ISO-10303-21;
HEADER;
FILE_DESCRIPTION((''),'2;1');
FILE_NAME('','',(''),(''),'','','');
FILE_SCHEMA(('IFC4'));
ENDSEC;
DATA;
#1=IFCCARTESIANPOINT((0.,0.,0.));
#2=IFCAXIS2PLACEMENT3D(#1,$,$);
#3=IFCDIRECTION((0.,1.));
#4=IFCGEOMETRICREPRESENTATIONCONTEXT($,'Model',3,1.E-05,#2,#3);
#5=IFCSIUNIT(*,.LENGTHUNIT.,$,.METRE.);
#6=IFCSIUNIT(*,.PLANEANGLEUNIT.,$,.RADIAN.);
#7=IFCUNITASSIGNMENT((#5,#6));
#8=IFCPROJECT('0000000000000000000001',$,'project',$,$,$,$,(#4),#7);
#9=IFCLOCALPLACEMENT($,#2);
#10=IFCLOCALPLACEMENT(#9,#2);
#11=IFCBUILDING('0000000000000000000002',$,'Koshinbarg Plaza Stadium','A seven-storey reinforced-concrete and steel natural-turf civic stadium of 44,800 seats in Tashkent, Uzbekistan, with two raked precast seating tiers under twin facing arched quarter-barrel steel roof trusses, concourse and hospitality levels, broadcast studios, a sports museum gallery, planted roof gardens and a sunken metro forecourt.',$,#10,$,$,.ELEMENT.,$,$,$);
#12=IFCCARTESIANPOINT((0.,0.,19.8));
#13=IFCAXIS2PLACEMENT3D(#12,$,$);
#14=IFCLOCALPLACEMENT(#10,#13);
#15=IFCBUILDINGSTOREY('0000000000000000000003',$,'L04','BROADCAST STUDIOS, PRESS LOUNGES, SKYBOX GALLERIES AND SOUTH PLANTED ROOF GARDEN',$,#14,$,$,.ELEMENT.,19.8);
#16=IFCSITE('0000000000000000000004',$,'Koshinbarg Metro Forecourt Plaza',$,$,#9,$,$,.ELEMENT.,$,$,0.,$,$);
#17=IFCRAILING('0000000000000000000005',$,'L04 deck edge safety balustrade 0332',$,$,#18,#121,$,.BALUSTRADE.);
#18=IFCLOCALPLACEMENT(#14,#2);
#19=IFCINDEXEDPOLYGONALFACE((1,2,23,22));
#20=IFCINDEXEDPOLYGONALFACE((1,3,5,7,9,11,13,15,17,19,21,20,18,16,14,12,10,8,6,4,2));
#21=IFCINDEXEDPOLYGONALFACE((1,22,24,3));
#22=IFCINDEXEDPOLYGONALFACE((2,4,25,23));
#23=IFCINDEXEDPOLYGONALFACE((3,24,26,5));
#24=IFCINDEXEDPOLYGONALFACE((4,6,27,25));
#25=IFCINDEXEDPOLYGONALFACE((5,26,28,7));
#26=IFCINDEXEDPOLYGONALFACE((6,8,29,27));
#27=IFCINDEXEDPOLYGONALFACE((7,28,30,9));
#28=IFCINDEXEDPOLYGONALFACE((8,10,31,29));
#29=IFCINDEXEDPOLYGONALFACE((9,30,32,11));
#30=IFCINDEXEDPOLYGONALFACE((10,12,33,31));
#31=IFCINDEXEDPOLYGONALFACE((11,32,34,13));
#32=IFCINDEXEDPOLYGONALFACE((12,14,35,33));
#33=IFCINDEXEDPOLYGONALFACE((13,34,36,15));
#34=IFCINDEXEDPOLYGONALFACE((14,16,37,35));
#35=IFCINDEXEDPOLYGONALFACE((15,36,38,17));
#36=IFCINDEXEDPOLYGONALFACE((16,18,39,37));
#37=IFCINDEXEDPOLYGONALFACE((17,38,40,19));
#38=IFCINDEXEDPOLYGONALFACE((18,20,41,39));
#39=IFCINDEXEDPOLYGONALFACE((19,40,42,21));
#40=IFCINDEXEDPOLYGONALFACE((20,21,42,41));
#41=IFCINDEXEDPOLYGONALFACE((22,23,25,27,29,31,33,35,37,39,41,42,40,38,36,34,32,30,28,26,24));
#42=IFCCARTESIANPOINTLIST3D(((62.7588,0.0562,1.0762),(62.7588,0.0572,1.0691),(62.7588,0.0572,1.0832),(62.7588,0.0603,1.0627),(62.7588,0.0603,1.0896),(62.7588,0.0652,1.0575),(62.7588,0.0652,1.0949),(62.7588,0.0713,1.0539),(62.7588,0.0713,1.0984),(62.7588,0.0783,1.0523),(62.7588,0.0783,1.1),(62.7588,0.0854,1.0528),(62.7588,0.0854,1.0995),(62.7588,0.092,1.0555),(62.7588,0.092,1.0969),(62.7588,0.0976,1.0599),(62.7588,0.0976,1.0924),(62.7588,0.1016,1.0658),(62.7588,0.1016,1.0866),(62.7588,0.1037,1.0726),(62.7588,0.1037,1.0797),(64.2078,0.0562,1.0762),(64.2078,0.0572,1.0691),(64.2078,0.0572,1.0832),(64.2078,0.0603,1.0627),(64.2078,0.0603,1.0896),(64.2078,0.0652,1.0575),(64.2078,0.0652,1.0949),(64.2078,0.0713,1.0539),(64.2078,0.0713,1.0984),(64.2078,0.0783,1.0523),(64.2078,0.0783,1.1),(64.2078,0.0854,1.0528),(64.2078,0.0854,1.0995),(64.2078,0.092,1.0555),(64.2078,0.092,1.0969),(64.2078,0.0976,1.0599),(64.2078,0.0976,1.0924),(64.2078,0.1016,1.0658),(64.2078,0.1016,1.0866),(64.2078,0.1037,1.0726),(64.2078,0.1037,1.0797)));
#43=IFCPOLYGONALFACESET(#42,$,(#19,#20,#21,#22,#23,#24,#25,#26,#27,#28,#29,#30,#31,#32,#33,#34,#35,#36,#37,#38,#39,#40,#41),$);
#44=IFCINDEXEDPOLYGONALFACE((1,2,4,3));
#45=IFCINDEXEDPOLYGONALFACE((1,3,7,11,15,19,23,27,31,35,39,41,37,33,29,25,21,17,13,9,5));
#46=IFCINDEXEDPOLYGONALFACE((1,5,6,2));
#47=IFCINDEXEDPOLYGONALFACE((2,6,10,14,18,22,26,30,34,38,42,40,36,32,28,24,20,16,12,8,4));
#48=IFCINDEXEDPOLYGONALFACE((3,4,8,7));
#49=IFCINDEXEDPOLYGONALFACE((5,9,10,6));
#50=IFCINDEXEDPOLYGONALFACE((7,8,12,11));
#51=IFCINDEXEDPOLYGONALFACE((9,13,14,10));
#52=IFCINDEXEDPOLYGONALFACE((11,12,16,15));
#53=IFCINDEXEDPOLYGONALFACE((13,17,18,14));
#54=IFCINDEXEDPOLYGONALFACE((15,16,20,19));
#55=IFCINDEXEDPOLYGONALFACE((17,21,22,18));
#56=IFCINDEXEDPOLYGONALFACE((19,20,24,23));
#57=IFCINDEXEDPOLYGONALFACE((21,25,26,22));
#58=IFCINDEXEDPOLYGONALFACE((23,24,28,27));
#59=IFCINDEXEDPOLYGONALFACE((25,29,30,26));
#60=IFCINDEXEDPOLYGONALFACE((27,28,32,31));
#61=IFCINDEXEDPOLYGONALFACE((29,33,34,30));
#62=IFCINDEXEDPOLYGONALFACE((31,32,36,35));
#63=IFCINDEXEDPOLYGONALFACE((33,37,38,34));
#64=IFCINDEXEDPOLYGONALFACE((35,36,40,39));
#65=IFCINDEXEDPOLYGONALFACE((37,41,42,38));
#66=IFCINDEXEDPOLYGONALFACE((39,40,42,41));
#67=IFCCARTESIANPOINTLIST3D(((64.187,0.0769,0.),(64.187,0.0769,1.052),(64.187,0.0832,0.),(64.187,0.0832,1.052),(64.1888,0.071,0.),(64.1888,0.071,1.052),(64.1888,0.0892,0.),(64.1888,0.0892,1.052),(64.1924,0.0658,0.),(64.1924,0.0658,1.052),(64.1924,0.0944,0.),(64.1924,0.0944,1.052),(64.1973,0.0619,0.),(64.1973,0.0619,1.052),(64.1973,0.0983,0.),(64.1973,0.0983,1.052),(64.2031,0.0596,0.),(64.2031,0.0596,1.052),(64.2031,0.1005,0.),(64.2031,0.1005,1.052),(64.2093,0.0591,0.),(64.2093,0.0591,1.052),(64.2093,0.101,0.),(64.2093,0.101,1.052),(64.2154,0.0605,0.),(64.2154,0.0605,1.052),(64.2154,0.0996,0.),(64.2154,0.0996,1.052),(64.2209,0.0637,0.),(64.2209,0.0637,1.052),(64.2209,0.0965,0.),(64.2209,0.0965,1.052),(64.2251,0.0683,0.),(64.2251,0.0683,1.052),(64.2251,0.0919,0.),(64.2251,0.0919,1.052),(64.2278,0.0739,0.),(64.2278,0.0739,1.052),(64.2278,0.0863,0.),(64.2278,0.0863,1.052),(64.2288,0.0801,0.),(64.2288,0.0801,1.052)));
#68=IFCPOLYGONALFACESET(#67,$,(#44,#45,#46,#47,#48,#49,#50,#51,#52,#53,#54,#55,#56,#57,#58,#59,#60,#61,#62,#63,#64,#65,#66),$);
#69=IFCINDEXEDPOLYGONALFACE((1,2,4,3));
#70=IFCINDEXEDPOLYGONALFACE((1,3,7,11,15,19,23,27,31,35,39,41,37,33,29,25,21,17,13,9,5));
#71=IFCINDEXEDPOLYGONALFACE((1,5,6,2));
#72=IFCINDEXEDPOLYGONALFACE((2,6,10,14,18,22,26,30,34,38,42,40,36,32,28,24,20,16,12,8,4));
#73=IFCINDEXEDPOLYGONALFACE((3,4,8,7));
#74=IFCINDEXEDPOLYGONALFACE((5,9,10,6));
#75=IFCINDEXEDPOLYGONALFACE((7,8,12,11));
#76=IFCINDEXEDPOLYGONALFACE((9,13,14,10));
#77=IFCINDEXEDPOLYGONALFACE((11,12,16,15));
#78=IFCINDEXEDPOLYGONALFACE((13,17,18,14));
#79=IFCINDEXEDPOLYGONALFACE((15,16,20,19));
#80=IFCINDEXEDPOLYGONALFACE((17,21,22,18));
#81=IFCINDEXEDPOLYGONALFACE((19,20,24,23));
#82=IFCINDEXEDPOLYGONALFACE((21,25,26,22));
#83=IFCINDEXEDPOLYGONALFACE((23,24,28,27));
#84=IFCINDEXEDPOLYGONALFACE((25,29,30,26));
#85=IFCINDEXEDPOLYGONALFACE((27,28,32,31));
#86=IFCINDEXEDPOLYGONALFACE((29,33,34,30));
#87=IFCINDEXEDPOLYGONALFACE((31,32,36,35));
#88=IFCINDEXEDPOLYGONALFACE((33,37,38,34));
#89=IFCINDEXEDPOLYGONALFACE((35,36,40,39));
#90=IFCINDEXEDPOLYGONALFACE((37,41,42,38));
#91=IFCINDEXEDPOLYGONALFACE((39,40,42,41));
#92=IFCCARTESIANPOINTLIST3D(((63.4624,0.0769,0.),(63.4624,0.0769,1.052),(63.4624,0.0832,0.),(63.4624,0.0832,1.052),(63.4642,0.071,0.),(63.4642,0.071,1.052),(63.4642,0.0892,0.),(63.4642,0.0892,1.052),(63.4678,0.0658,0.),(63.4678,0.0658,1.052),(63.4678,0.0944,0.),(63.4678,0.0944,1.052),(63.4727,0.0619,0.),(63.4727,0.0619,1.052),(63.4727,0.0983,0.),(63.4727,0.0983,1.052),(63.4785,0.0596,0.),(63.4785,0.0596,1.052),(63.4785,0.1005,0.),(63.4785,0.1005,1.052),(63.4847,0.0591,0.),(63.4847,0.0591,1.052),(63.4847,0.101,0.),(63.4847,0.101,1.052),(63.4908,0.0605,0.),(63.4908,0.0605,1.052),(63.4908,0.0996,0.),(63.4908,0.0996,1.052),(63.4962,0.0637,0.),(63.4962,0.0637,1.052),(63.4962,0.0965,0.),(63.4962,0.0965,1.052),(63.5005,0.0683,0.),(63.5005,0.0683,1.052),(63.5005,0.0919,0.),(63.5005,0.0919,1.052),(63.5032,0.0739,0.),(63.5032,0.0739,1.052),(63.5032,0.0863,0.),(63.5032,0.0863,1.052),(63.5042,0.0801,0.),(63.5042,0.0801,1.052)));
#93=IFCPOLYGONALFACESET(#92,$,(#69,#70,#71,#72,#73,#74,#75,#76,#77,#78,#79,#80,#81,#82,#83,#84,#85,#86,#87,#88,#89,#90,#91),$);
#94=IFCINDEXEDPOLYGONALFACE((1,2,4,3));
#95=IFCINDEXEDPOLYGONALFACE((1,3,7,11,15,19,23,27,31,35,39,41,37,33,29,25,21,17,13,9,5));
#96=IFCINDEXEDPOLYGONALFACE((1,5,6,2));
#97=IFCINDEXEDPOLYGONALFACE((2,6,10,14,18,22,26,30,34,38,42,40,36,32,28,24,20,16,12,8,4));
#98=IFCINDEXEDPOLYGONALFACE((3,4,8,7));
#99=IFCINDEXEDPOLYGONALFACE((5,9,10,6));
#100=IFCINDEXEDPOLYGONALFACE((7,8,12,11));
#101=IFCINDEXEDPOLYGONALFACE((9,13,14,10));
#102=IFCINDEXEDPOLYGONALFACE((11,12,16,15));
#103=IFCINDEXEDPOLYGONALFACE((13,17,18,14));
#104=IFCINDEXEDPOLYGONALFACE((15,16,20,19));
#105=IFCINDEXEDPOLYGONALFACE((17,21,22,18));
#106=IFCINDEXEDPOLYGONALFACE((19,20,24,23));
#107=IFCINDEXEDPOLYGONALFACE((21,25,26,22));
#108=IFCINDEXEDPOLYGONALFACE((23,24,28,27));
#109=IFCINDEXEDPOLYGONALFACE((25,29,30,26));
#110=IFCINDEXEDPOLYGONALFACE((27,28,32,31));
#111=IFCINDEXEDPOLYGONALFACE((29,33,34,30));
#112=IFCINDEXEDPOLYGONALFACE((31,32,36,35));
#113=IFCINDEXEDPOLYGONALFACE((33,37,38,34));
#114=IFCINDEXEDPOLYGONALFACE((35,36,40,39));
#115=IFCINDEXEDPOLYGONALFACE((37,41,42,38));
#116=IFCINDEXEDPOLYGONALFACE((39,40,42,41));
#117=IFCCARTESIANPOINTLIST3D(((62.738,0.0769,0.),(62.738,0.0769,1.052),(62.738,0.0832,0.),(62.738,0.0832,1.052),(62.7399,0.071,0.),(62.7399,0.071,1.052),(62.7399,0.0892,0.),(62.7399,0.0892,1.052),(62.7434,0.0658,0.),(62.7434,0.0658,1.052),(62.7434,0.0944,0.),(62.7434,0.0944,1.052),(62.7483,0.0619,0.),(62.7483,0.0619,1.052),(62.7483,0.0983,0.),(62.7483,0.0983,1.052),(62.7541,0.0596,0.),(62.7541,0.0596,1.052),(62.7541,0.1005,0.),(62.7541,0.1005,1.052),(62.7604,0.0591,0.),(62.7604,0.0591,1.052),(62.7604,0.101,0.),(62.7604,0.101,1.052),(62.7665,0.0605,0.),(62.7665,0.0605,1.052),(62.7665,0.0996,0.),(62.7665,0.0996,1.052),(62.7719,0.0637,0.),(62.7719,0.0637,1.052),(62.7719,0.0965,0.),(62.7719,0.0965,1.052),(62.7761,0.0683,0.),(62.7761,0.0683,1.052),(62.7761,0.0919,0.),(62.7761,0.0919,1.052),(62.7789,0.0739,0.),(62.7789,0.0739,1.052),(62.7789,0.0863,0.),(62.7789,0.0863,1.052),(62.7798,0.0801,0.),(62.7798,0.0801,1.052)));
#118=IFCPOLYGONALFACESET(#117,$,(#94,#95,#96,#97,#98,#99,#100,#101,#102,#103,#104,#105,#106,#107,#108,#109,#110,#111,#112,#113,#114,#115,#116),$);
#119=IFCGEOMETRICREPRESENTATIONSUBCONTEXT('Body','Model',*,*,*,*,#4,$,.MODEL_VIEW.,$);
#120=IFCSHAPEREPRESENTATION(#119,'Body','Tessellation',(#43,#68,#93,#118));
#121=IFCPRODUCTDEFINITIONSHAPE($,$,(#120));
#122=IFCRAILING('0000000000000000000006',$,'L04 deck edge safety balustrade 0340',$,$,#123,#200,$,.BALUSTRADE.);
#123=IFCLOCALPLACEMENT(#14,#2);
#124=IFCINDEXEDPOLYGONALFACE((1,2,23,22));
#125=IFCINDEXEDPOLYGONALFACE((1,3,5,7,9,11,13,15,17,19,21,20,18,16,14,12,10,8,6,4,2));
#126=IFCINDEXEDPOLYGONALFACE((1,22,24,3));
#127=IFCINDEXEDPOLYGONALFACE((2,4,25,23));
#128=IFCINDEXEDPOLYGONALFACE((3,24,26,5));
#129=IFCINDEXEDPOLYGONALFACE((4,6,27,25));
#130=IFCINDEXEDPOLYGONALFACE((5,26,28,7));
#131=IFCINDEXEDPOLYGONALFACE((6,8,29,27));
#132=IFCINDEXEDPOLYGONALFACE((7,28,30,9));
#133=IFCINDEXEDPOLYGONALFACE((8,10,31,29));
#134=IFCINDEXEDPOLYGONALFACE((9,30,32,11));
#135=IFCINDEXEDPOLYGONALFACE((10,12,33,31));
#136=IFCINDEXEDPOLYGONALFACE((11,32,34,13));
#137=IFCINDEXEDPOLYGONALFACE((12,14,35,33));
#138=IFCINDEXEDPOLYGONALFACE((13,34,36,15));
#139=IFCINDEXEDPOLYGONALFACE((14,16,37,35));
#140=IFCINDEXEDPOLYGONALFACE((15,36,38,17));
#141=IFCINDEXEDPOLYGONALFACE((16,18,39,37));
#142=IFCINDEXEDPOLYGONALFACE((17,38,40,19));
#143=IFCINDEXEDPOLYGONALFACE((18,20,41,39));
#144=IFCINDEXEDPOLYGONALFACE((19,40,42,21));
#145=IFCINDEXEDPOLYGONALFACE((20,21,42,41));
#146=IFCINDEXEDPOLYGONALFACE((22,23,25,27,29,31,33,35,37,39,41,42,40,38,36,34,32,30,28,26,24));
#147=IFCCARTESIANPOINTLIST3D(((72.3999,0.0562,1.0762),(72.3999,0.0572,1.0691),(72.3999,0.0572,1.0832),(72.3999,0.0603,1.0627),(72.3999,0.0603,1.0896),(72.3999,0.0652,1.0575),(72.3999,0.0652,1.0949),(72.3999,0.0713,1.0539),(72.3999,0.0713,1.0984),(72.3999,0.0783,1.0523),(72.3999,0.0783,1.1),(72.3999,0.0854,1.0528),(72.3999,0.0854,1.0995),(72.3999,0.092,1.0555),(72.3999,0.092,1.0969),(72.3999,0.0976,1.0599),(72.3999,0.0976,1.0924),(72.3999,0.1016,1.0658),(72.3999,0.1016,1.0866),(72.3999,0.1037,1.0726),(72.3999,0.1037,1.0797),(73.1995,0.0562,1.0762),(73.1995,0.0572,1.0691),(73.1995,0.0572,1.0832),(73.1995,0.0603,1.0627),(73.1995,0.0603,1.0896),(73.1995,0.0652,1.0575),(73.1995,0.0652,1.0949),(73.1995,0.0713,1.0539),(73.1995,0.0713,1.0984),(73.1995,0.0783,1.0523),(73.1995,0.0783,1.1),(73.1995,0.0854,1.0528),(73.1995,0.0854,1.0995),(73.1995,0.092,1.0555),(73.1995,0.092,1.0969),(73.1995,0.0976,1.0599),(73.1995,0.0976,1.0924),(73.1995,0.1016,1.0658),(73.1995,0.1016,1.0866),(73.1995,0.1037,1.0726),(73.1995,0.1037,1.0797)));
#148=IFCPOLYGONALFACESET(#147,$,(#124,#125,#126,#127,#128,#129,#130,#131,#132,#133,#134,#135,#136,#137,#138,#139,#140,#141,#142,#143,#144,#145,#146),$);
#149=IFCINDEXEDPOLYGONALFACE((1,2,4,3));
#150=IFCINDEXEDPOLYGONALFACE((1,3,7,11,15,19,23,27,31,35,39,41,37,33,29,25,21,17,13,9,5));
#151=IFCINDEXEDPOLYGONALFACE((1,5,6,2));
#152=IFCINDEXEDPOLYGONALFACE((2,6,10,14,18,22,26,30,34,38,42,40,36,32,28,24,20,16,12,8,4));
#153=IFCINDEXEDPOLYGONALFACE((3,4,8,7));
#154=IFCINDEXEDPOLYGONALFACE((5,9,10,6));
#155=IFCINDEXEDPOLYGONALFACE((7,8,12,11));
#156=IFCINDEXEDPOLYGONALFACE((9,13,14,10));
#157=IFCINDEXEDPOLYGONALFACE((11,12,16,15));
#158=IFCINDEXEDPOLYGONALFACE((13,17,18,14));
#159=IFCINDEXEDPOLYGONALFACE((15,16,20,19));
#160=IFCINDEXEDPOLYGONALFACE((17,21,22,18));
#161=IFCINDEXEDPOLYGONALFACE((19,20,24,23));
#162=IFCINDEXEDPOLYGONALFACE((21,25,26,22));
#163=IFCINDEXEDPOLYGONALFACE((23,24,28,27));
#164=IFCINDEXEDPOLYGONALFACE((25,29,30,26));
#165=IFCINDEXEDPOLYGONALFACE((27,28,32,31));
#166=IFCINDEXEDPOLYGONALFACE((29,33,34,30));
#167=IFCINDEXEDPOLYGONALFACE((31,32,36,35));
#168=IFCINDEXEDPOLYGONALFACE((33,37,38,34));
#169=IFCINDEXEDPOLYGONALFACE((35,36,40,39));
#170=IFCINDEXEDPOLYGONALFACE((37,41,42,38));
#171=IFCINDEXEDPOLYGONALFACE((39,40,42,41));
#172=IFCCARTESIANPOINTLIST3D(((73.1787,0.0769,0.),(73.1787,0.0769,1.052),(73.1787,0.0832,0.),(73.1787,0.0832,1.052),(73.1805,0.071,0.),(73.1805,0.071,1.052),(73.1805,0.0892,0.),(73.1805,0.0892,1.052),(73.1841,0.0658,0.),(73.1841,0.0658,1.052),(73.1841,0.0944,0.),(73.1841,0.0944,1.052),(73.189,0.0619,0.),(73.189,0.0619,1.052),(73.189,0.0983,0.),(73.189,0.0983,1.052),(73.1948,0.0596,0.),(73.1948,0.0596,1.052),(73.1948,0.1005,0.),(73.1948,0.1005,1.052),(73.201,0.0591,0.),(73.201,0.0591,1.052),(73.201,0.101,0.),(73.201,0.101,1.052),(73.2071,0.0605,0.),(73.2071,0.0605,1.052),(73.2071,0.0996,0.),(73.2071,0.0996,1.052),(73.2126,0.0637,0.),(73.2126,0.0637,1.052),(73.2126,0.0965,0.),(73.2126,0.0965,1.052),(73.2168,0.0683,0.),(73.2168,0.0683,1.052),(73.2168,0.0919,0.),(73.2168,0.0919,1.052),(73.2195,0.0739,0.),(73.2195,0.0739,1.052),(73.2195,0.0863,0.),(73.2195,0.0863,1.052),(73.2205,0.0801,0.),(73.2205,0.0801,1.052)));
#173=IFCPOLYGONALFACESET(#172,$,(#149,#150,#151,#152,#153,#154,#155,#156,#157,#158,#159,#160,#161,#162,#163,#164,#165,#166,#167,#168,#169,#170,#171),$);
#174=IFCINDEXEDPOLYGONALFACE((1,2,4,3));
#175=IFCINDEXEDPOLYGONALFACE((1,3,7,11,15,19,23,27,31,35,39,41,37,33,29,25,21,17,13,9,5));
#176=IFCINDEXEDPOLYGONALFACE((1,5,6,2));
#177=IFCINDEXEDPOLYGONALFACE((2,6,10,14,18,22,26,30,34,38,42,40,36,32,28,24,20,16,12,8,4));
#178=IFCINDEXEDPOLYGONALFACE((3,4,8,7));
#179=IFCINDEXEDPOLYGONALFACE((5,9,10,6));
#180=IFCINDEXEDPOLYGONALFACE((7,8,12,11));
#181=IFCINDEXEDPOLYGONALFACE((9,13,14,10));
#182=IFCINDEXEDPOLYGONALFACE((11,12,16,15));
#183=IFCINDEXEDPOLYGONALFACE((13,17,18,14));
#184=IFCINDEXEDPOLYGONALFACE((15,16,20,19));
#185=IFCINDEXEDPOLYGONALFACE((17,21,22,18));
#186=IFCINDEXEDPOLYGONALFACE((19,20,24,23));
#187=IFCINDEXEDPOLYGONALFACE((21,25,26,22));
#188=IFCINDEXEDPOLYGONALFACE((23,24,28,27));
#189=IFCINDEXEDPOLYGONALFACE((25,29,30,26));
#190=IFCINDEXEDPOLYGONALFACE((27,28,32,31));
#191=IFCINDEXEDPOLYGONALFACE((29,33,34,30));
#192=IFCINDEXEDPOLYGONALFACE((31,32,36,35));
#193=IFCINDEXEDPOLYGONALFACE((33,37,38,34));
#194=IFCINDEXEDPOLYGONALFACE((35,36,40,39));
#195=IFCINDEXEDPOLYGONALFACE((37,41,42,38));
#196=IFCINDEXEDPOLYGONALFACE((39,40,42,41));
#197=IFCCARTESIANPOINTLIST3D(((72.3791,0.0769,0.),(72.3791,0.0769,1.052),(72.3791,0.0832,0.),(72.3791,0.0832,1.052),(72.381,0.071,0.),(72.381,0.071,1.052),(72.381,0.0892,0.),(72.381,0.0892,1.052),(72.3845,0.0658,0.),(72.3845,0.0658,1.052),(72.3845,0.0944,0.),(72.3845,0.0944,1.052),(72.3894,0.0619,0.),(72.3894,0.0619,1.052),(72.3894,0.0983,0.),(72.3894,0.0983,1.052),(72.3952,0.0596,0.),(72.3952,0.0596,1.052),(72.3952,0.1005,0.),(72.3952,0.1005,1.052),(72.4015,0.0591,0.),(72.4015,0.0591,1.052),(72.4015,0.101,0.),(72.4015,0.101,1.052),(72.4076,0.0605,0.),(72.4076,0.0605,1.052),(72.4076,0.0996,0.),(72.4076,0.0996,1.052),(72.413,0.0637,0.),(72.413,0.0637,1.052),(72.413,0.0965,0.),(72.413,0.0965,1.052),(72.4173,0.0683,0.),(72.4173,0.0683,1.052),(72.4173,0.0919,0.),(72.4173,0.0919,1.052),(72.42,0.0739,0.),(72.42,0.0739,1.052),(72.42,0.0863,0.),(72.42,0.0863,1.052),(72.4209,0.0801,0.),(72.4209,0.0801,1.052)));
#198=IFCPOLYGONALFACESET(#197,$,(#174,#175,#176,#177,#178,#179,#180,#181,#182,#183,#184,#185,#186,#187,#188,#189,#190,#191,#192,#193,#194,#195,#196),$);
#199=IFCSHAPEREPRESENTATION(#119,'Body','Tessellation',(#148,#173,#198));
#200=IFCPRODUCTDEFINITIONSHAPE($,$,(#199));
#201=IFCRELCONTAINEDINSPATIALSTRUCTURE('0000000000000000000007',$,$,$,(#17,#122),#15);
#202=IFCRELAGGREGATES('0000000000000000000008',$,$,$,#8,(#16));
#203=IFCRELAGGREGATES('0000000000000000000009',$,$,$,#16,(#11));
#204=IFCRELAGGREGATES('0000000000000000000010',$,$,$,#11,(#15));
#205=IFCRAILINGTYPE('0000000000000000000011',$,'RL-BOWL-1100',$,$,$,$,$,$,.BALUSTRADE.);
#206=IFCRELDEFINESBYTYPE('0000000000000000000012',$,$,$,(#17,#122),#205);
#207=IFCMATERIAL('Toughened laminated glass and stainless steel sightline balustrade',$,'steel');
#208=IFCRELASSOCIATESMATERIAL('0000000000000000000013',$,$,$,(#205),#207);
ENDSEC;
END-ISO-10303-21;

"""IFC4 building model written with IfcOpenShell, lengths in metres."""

from ifc_helpers import new_model, si_unit, direction, frame, origin, origin_2d, place, context, subcontext, project, spatial, circle, extrude, material, type_object, element, save


model = new_model("IFC4")

# Units and contexts
model_context = context("Model", 3, precision=1e-05, world=origin(), true_north=direction((0.0, 1.0)))
body_context = subcontext(model_context, "Body", "Model", "MODEL_VIEW")
ifc_project = project(units=[si_unit("LENGTHUNIT", "METRE"), si_unit("PLANEANGLEUNIT", "RADIAN")], contexts=[model_context])

# Site, building, storey
site_placement = place(None, origin())
site = spatial("IfcSite", under=ifc_project, at=site_placement, Name="Koshinbarg Metro Forecourt Plaza", CompositionType="ELEMENT", RefElevation=0.0)
building_placement = place(site_placement, origin())
building = spatial("IfcBuilding", under=site, at=building_placement, Name="Koshinbarg Plaza Stadium", Description="A seven-storey reinforced-concrete and steel natural-turf civic stadium of 44,800 seats in Tashkent, Uzbekistan, with two raked precast seating tiers under twin facing arched quarter-barrel steel roof trusses, concourse and hospitality levels, broadcast studios, a sports museum gallery, planted roof gardens and a sunken metro forecourt.", CompositionType="ELEMENT")
storey_placement = place(building_placement, frame((0.0, 0.0, 19.8)))
storey = spatial("IfcBuildingStorey", under=building, at=storey_placement, Name="L04", Description="BROADCAST STUDIOS, PRESS LOUNGES, SKYBOX GALLERIES AND SOUTH PLANTED ROOF GARDEN", CompositionType="ELEMENT", Elevation=19.8)

# Railings
ifc_material_1 = material(Name="Toughened laminated glass and stainless steel sightline balustrade", Category="steel")
railing_type_1 = type_object("IfcRailingType", Name="RL-BOWL-1100", PredefinedType="BALUSTRADE", material=ifc_material_1)
railing_1_placement = place(storey_placement, frame((64.2078, 0.0801, 0.0)))
element("IfcRailing", 1, at=railing_1_placement, inside=storey, type_object=railing_type_1, Name="L04 deck edge safety balustrade 0332", PredefinedType="BALUSTRADE", context=body_context, shape_type="SweptSolid", body=[
    extrude(circle(Radius=0.0239, at=origin_2d()), frame((0.0, 0.0, 1.0762), z_axis=(-1.0, 0.0, 0.0), x_axis=(0.0, -1.0, 0.0)), (0.0, 0.0, 1.0), 1.449),
    extrude(circle(Radius=0.021, at=origin_2d()), origin(), (0.0, 0.0, 1.0), 1.052),
    extrude(circle(Radius=0.021, at=origin_2d()), frame((-0.7246, 0.0, 0.0)), (0.0, 0.0, 1.0), 1.052),
    extrude(circle(Radius=0.021, at=origin_2d()), frame((-1.449, 0.0, 0.0)), (0.0, 0.0, 1.0), 1.052),
])
railing_2_placement = place(storey_placement, frame((73.1995, 0.0801, 0.0)))
element("IfcRailing", 2, at=railing_2_placement, inside=storey, type_object=railing_type_1, Name="L04 deck edge safety balustrade 0340", PredefinedType="BALUSTRADE", context=body_context, shape_type="SweptSolid", body=[
    extrude(circle(Radius=0.0239, at=origin_2d()), frame((0.0, 0.0, 1.0762), z_axis=(-1.0, 0.0, 0.0), x_axis=(0.0, -1.0, 0.0)), (0.0, 0.0, 1.0), 0.7996),
    extrude(circle(Radius=0.021, at=origin_2d()), origin(), (0.0, 0.0, 1.0), 1.052),
    extrude(circle(Radius=0.021, at=origin_2d()), frame((-0.7996, 0.0, 0.0)), (0.0, 0.0, 1.0), 1.052),
])

save(model, "model.ifc")
